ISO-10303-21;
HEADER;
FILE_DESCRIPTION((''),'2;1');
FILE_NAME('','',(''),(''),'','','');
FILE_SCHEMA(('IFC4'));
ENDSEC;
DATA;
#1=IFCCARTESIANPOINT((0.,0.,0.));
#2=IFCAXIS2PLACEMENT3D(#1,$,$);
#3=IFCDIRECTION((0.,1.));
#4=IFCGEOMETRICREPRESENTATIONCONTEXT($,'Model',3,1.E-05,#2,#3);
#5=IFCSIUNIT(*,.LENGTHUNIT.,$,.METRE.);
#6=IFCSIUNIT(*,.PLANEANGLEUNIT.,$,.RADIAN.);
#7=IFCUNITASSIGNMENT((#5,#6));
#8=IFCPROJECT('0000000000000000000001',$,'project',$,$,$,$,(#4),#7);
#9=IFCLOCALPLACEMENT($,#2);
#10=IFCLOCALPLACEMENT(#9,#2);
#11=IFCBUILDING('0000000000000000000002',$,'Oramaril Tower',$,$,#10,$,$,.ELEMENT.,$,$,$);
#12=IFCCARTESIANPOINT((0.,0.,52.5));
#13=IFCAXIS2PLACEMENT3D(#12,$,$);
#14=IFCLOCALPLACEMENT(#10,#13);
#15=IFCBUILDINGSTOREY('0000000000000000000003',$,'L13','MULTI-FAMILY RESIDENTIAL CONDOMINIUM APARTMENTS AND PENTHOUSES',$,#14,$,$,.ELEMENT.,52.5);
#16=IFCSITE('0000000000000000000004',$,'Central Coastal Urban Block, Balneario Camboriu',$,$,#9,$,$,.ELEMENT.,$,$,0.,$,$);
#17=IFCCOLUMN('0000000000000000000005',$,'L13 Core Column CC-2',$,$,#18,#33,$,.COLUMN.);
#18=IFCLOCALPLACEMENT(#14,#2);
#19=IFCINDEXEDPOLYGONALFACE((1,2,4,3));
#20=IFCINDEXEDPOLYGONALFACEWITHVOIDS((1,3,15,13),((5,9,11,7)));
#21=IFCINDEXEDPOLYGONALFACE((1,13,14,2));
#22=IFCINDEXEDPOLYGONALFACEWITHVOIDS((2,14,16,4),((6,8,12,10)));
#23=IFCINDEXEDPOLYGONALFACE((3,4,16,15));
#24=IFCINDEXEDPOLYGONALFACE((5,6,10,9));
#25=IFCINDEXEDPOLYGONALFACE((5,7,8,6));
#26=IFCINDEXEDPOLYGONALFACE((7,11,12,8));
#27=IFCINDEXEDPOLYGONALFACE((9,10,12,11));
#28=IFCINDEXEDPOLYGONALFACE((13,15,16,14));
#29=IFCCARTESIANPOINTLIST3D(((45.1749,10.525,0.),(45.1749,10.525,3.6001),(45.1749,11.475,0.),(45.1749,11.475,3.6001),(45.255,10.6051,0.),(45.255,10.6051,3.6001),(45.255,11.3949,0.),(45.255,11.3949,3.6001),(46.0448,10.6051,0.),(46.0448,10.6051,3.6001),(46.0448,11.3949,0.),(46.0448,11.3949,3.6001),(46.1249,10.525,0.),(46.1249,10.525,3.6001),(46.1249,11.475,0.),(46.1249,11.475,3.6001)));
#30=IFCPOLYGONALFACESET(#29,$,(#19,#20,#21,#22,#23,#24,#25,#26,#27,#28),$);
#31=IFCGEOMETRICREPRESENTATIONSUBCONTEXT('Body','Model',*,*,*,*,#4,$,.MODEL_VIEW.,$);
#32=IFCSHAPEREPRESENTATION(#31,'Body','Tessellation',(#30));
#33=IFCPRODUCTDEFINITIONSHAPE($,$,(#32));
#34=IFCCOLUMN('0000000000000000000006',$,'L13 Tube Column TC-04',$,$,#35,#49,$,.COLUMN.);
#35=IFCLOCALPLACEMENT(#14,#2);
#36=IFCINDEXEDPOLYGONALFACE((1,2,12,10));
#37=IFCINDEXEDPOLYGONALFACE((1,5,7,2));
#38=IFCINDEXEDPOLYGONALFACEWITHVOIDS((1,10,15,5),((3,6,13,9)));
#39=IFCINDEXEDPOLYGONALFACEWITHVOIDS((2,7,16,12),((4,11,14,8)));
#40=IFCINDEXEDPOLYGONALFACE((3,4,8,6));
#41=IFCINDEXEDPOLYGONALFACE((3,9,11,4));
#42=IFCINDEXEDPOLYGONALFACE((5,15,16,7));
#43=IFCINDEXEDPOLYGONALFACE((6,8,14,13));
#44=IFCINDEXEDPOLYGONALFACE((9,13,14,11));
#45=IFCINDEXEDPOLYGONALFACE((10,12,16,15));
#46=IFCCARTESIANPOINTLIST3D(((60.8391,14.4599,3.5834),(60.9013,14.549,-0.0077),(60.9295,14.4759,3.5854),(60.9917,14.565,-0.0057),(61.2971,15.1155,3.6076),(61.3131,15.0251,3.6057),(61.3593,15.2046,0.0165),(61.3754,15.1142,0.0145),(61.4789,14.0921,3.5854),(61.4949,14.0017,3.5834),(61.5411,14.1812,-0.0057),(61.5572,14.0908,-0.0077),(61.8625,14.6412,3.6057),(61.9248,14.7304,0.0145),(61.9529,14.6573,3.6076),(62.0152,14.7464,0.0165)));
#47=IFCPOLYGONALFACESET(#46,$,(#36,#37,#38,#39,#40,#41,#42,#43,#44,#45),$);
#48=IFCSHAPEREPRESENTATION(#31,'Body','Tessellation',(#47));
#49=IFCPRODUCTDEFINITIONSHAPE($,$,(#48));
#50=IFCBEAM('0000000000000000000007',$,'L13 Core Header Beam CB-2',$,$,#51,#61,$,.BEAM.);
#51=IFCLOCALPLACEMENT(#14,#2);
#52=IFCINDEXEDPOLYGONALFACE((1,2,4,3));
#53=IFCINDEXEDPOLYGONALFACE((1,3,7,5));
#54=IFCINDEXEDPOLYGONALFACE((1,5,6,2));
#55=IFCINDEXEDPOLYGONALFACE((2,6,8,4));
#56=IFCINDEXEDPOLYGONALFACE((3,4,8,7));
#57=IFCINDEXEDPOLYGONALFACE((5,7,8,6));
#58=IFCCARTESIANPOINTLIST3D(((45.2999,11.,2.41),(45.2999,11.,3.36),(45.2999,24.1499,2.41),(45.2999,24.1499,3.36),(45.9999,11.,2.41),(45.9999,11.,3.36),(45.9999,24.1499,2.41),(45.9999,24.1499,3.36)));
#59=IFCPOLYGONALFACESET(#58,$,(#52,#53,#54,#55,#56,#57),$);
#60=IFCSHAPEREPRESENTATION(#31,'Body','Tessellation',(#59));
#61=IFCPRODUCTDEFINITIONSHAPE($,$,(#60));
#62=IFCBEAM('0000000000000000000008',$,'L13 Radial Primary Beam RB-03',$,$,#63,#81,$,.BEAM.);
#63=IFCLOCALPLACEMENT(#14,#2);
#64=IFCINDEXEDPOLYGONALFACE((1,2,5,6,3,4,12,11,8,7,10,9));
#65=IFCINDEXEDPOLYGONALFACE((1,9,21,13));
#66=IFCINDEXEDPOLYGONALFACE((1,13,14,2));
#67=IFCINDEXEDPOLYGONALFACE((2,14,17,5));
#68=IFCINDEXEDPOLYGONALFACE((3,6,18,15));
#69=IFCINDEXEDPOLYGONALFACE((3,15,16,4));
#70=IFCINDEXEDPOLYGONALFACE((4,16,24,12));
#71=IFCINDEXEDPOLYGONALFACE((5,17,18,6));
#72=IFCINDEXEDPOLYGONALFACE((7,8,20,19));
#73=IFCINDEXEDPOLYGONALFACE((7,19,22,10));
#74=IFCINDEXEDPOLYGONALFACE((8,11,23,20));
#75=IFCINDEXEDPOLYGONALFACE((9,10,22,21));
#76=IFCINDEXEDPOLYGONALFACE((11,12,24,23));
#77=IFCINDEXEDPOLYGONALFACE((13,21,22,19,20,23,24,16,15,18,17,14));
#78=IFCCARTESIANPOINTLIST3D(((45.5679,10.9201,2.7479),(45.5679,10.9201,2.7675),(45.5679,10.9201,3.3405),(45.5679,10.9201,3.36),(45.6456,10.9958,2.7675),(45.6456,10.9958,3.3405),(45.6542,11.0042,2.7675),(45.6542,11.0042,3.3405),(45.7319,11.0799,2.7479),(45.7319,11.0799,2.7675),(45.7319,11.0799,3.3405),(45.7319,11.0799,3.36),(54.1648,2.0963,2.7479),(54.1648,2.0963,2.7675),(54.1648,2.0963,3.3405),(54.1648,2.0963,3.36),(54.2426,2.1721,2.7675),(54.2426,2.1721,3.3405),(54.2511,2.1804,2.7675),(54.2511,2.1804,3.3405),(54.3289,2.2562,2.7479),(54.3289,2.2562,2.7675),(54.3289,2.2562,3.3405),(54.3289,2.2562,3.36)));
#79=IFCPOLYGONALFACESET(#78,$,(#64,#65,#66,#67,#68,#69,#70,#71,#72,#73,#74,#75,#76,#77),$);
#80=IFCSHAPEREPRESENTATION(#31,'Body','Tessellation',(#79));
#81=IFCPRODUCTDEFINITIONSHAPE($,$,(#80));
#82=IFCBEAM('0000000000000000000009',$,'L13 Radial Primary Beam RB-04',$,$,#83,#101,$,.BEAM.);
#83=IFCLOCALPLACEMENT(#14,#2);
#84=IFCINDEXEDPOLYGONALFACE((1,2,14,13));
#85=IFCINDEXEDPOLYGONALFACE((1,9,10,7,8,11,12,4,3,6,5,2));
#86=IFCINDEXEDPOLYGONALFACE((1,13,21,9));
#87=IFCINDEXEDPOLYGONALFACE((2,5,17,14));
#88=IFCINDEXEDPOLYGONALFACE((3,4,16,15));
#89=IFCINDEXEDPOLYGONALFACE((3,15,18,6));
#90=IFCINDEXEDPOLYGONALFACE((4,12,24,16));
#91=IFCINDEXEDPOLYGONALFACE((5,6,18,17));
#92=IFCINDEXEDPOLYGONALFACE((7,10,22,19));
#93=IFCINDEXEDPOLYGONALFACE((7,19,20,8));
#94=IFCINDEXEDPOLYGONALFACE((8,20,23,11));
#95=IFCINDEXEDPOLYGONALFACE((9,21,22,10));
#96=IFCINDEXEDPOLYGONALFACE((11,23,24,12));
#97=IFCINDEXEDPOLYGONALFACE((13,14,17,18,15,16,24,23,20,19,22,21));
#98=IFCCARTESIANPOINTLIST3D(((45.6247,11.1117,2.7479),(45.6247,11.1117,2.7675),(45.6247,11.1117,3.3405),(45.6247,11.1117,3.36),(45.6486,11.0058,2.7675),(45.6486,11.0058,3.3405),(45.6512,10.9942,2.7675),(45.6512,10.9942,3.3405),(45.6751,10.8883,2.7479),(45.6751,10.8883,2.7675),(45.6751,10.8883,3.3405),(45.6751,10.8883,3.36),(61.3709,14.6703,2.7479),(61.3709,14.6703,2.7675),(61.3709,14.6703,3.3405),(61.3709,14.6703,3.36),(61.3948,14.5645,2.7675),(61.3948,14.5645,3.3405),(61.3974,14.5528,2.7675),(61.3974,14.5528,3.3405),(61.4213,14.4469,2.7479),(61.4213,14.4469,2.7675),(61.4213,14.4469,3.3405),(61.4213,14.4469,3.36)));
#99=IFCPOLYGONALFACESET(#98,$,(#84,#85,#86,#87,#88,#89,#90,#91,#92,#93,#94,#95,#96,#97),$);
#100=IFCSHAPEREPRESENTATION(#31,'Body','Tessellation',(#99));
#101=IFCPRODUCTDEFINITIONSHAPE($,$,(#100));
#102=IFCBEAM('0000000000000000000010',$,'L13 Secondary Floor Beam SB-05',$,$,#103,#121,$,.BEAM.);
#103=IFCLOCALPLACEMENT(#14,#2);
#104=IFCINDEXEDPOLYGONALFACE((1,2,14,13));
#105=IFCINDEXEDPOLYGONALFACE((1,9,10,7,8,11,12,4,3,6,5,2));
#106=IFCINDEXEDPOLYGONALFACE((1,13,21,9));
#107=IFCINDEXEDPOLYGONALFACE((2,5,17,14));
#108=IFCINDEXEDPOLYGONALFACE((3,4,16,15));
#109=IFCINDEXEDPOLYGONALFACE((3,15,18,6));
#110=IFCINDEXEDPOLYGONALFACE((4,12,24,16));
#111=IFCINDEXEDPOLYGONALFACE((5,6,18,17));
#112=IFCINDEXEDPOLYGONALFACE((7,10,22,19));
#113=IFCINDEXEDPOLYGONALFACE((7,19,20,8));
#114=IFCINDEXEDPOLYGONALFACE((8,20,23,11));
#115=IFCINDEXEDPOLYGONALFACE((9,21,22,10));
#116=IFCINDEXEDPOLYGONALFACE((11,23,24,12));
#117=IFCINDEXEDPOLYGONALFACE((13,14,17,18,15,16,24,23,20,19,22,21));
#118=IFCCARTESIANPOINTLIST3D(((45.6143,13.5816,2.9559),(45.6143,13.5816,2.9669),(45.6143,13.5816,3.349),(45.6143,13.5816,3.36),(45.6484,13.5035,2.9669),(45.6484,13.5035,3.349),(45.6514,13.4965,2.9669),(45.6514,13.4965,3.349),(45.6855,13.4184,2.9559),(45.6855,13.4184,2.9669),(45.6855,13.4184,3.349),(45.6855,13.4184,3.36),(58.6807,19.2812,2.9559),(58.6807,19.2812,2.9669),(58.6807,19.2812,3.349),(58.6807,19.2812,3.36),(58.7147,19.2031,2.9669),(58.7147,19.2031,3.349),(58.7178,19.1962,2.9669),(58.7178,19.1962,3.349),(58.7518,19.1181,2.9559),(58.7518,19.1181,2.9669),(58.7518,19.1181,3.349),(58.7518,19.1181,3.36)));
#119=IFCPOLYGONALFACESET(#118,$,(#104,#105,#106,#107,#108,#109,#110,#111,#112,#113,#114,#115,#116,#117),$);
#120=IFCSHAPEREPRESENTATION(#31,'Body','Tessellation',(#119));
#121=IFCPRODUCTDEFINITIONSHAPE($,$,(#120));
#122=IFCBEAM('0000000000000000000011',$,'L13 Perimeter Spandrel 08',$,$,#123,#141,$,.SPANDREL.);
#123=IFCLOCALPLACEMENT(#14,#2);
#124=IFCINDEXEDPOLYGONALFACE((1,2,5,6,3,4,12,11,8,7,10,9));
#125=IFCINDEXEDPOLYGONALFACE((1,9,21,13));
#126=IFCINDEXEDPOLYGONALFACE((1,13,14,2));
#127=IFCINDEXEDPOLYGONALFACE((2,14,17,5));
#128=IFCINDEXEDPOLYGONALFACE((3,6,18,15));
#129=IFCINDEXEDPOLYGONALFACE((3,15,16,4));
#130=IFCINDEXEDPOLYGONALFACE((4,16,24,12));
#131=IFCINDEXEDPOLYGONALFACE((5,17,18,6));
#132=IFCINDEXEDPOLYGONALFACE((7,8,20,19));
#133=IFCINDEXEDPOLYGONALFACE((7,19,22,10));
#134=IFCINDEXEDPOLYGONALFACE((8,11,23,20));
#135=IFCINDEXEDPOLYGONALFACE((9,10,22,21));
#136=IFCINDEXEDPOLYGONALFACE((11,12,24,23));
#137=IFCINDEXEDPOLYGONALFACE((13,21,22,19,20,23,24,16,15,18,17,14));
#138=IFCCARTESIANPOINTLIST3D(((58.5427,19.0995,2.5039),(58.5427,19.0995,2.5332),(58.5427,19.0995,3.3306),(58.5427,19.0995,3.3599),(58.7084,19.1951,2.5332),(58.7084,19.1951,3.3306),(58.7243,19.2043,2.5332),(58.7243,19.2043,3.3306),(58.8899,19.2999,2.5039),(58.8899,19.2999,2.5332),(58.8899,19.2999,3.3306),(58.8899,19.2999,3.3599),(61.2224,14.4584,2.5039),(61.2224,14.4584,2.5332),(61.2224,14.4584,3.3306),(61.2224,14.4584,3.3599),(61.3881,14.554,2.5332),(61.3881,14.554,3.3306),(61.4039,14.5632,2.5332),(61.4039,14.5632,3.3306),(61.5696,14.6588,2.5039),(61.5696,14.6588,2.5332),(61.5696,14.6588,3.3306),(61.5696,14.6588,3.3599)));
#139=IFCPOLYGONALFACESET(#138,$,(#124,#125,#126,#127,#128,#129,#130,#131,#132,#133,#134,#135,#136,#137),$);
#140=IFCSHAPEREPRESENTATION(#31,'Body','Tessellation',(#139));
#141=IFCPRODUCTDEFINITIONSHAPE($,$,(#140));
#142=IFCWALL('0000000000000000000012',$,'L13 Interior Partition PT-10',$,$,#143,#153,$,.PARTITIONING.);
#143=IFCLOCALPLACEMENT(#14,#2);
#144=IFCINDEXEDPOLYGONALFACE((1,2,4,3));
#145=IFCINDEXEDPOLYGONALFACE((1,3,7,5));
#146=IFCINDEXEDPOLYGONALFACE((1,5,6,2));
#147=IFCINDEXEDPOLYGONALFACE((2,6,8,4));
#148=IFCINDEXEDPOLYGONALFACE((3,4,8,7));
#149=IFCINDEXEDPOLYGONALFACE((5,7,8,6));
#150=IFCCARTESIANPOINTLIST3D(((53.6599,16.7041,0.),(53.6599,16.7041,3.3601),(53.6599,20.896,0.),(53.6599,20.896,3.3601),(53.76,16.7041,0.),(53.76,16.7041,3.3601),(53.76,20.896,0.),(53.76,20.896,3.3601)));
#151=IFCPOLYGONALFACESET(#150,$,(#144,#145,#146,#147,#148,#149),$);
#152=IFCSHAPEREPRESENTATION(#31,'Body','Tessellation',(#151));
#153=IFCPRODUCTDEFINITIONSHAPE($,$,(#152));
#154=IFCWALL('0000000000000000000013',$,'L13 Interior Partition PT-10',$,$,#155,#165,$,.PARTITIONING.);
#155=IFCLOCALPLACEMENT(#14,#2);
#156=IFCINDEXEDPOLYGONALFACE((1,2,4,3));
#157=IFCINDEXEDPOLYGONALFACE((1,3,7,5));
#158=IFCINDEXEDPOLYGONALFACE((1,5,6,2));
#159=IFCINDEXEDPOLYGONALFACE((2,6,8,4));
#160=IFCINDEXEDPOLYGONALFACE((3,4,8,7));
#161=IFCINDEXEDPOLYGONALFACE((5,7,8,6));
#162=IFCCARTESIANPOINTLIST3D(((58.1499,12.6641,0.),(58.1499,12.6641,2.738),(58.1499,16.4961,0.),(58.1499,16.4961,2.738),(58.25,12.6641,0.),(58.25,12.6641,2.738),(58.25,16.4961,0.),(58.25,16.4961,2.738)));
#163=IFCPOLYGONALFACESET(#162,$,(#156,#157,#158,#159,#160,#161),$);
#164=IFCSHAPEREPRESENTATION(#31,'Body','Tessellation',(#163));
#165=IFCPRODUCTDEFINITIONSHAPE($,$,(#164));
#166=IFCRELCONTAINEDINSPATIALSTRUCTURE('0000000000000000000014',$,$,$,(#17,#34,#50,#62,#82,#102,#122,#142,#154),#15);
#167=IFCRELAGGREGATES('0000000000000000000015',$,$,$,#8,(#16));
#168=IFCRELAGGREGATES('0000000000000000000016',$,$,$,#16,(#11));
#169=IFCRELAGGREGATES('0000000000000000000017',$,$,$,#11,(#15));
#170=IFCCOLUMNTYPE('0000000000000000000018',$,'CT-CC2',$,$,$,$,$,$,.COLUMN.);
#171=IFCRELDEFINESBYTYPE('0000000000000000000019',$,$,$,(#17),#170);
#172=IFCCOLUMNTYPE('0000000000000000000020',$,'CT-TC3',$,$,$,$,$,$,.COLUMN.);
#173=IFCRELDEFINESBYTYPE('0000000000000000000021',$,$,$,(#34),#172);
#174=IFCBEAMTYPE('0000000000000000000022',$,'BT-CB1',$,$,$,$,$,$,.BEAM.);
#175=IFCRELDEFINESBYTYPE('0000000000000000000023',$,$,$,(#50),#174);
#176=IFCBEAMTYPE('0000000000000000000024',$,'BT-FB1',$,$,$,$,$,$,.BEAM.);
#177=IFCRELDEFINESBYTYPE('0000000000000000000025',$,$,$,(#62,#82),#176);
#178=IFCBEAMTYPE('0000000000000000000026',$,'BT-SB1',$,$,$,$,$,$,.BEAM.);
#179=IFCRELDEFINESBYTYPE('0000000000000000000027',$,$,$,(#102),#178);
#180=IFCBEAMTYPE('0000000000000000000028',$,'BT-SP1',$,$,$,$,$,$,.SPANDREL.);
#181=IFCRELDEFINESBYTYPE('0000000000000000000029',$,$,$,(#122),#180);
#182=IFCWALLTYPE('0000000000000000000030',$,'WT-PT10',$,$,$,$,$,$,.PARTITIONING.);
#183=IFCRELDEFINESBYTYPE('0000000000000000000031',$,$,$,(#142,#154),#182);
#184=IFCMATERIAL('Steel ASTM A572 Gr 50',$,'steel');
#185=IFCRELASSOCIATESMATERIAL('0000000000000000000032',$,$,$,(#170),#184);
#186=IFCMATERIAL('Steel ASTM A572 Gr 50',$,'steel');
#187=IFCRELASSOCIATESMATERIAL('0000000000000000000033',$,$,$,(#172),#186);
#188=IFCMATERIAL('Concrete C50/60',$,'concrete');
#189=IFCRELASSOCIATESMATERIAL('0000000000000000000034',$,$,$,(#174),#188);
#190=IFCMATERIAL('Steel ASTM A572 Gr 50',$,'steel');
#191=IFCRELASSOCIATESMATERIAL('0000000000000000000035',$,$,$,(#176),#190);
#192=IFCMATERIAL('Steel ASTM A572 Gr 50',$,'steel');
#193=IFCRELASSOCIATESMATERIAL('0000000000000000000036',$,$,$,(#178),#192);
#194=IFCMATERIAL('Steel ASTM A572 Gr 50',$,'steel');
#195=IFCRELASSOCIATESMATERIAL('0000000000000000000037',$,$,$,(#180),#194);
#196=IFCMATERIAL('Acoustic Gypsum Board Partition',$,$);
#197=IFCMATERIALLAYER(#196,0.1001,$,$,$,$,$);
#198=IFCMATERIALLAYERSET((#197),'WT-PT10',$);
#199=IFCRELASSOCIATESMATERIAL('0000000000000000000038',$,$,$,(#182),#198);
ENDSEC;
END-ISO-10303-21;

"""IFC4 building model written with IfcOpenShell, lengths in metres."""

from ifc_helpers import new_model, si_unit, direction, frame, frame_2d, origin, origin_2d, place, context, subcontext, project, spatial, rectangle, hollow_rectangle, i_section, extrude, material, layer, layer_set, material_profile, profile_set, type_object, element, save


model = new_model("IFC4")

# Units and contexts
model_context = context("Model", 3, precision=1e-05, world=origin(), true_north=direction((0.0, 1.0)))
body_context = subcontext(model_context, "Body", "Model", "MODEL_VIEW")
ifc_project = project(units=[si_unit("LENGTHUNIT", "METRE"), si_unit("PLANEANGLEUNIT", "RADIAN")], contexts=[model_context])

# Site, building, storey
site_placement = place(None, origin())
site = spatial("IfcSite", under=ifc_project, at=site_placement, Name="Central Coastal Urban Block, Balneario Camboriu", CompositionType="ELEMENT", RefElevation=0.0)
building_placement = place(site_placement, origin())
building = spatial("IfcBuilding", under=site, at=building_placement, Name="Oramaril Tower", CompositionType="ELEMENT")
storey_placement = place(building_placement, frame((0.0, 0.0, 52.5)))
storey = spatial("IfcBuildingStorey", under=building, at=storey_placement, Name="L13", Description="MULTI-FAMILY RESIDENTIAL CONDOMINIUM APARTMENTS AND PENTHOUSES", CompositionType="ELEMENT", Elevation=52.5)

# Columns
ifc_material_1 = material(Name="Steel ASTM A572 Gr 50", Category="steel")
ifc_material_profile_1 = material_profile(ifc_material_1, hollow_rectangle(XDim=0.95, YDim=0.95, WallThickness=0.0801, at=origin_2d()), Name="BOX950X950X80")
ifc_profile_set_1 = profile_set([ifc_material_profile_1], Name="Steel ASTM A572 Gr 50")
column_type_1 = type_object("IfcColumnType", Name="CT-CC2", PredefinedType="COLUMN", material=ifc_profile_set_1)
column_1_placement = place(storey_placement, frame((45.6499, 11.0, 0.0), z_axis=(0.0, 0.0, 1.0), x_axis=(1.0, 0.0, 0.0)))
element("IfcColumn", 1, at=column_1_placement, inside=storey, type_object=column_type_1, Name="L13 Core Column CC-2", PredefinedType="COLUMN", context=body_context, shape_type="SweptSolid", body=[
    extrude(hollow_rectangle(XDim=0.95, YDim=0.95, WallThickness=0.0801, at=origin_2d()), origin(), (0.0, 0.0, 1.0), 3.6001),
])
ifc_material_2 = material(Name="Steel ASTM A572 Gr 50", Category="steel")
ifc_material_profile_2 = material_profile(ifc_material_2, hollow_rectangle(XDim=0.8, YDim=0.8, WallThickness=0.0649, at=origin_2d()), Name="BOX800X800X65")
ifc_profile_set_2 = profile_set([ifc_material_profile_2], Name="Steel ASTM A572 Gr 50")
column_type_2 = type_object("IfcColumnType", Name="CT-TC3", PredefinedType="COLUMN", material=ifc_profile_set_2)
column_2_placement = place(storey_placement, frame((61.4583, 14.6477, 0.0044), z_axis=(-0.017328, -0.024803, 0.999542), x_axis=(0.819759, -0.572708, 0.0)))
element("IfcColumn", 2, at=column_2_placement, inside=storey, type_object=column_type_2, Name="L13 Tube Column TC-04", PredefinedType="COLUMN", context=body_context, shape_type="SweptSolid", body=[
    extrude(hollow_rectangle(XDim=0.8, YDim=0.8, WallThickness=0.0649, at=origin_2d()), origin(), (0.0, 0.0, 1.0), 3.5928),
])

# Beams
ifc_material_3 = material(Name="Concrete C50/60", Category="concrete")
ifc_material_profile_3 = material_profile(ifc_material_3, rectangle(XDim=0.7, YDim=0.95, at=origin_2d()), Name="CB700X950")
ifc_profile_set_3 = profile_set([ifc_material_profile_3], Name="Concrete C50/60")
beam_type_1 = type_object("IfcBeamType", Name="BT-CB1", PredefinedType="BEAM", material=ifc_profile_set_3)
beam_1_placement = place(storey_placement, frame((45.6499, 11.0, 2.885), z_axis=(0.0, 1.0, 0.0), x_axis=(-1.0, 0.0, 0.0)))
element("IfcBeam", 3, at=beam_1_placement, inside=storey, type_object=beam_type_1, Name="L13 Core Header Beam CB-2", PredefinedType="BEAM", context=body_context, shape_type="SweptSolid", body=[
    extrude(rectangle(XDim=0.7, YDim=0.95, at=origin_2d()), origin(), (0.0, 0.0, 1.0), 13.1499),
])
ifc_material_4 = material(Name="Steel ASTM A572 Gr 50", Category="steel")
ifc_material_profile_4 = material_profile(ifc_material_4, i_section(OverallWidth=0.229, OverallDepth=0.6121, WebThickness=0.012, FlangeThickness=0.0195, at=origin_2d()), Name="W24X84")
ifc_profile_set_4 = profile_set([ifc_material_profile_4], Name="Steel ASTM A572 Gr 50")
beam_type_2 = type_object("IfcBeamType", Name="BT-FB1", PredefinedType="BEAM", material=ifc_profile_set_4)
beam_2_placement = place(storey_placement, frame((45.6499, 11.0, 3.054), z_axis=(0.697842, -0.716252, 0.0), x_axis=(0.716252, 0.697842, 0.0)))
element("IfcBeam", 4, at=beam_2_placement, inside=storey, type_object=beam_type_2, Name="L13 Radial Primary Beam RB-03", PredefinedType="BEAM", context=body_context, shape_type="SweptSolid", body=[
    extrude(i_section(OverallWidth=0.229, OverallDepth=0.6121, WebThickness=0.012, FlangeThickness=0.0195, at=origin_2d()), origin(), (0.0, 0.0, 1.0), 12.3193),
])
beam_3_placement = place(storey_placement, frame((45.6499, 11.0, 3.054), z_axis=(0.975401, 0.220439, 0.0), x_axis=(-0.220439, 0.975401, 0.0)))
element("IfcBeam", 5, at=beam_3_placement, inside=storey, type_object=beam_type_2, Name="L13 Radial Primary Beam RB-04", PredefinedType="BEAM", context=body_context, shape_type="SweptSolid", body=[
    extrude(i_section(OverallWidth=0.229, OverallDepth=0.6121, WebThickness=0.012, FlangeThickness=0.0195, at=origin_2d()), origin(), (0.0, 0.0, 1.0), 16.1433),
])
ifc_material_5 = material(Name="Steel ASTM A572 Gr 50", Category="steel")
ifc_material_profile_5 = material_profile(ifc_material_5, i_section(OverallWidth=0.178, OverallDepth=0.4041, WebThickness=0.0076, FlangeThickness=0.011, at=origin_2d()), Name="W16X36")
ifc_profile_set_5 = profile_set([ifc_material_profile_5], Name="Steel ASTM A572 Gr 50")
beam_type_3 = type_object("IfcBeamType", Name="BT-SB1", PredefinedType="BEAM", material=ifc_profile_set_5)
beam_4_placement = place(storey_placement, frame((45.6499, 13.5, 3.158), z_axis=(0.916591, 0.399827, 0.0), x_axis=(-0.399827, 0.916591, 0.0)))
element("IfcBeam", 6, at=beam_4_placement, inside=storey, type_object=beam_type_3, Name="L13 Secondary Floor Beam SB-05", PredefinedType="BEAM", context=body_context, shape_type="SweptSolid", body=[
    extrude(i_section(OverallWidth=0.178, OverallDepth=0.4041, WebThickness=0.0076, FlangeThickness=0.011, at=origin_2d()), origin(), (0.0, 0.0, 1.0), 14.2554),
])
ifc_material_6 = material(Name="Steel ASTM A572 Gr 50", Category="steel")
ifc_material_profile_6 = material_profile(ifc_material_6, i_section(OverallWidth=0.4009, OverallDepth=0.856, WebThickness=0.0183, FlangeThickness=0.0293, at=origin_2d()), Name="W33X201")
ifc_profile_set_6 = profile_set([ifc_material_profile_6], Name="Steel ASTM A572 Gr 50")
beam_type_4 = type_object("IfcBeamType", Name="BT-SP1", PredefinedType="SPANDREL", material=ifc_profile_set_6)
beam_5_placement = place(storey_placement, frame((61.396, 14.5586, 2.9319), z_axis=(-0.50002, 0.866014, 0.0), x_axis=(-0.866014, -0.50002, 0.0)))
element("IfcBeam", 7, at=beam_5_placement, inside=storey, type_object=beam_type_4, Name="L13 Perimeter Spandrel 08", PredefinedType="SPANDREL", context=body_context, shape_type="SweptSolid", body=[
    extrude(i_section(OverallWidth=0.4009, OverallDepth=0.856, WebThickness=0.0183, FlangeThickness=0.0293, at=origin_2d()), origin(), (0.0, 0.0, 1.0), 5.3591),
])

# Walls
ifc_material_7 = material(Name="Acoustic Gypsum Board Partition")
ifc_layer_1 = layer(ifc_material_7, 0.1001)
ifc_layer_set_1 = layer_set([ifc_layer_1], Name="WT-PT10")
wall_type_1 = type_object("IfcWallType", Name="WT-PT10", PredefinedType="PARTITIONING", material=ifc_layer_set_1)
wall_1_placement = place(storey_placement, frame((53.71, 16.7041, 0.0), z_axis=(0.0, 0.0, 1.0), x_axis=(0.0, 1.0, 0.0)))
element("IfcWall", 8, at=wall_1_placement, inside=storey, type_object=wall_type_1, Name="L13 Interior Partition PT-10", PredefinedType="PARTITIONING", context=body_context, shape_type="SweptSolid", body=[
    extrude(rectangle(XDim=4.1919, YDim=0.1001, at=frame_2d((2.0959, 0.0))), origin(), (0.0, 0.0, 1.0), 3.3601),
])
wall_2_placement = place(storey_placement, frame((58.2, 12.6641, 0.0), z_axis=(0.0, 0.0, 1.0), x_axis=(0.0, 1.0, 0.0)))
element("IfcWall", 9, at=wall_2_placement, inside=storey, type_object=wall_type_1, Name="L13 Interior Partition PT-10", PredefinedType="PARTITIONING", context=body_context, shape_type="SweptSolid", body=[
    extrude(rectangle(XDim=3.832, YDim=0.1001, at=frame_2d((1.916, 0.0))), origin(), (0.0, 0.0, 1.0), 2.738),
])

save(model, "model.ifc")
